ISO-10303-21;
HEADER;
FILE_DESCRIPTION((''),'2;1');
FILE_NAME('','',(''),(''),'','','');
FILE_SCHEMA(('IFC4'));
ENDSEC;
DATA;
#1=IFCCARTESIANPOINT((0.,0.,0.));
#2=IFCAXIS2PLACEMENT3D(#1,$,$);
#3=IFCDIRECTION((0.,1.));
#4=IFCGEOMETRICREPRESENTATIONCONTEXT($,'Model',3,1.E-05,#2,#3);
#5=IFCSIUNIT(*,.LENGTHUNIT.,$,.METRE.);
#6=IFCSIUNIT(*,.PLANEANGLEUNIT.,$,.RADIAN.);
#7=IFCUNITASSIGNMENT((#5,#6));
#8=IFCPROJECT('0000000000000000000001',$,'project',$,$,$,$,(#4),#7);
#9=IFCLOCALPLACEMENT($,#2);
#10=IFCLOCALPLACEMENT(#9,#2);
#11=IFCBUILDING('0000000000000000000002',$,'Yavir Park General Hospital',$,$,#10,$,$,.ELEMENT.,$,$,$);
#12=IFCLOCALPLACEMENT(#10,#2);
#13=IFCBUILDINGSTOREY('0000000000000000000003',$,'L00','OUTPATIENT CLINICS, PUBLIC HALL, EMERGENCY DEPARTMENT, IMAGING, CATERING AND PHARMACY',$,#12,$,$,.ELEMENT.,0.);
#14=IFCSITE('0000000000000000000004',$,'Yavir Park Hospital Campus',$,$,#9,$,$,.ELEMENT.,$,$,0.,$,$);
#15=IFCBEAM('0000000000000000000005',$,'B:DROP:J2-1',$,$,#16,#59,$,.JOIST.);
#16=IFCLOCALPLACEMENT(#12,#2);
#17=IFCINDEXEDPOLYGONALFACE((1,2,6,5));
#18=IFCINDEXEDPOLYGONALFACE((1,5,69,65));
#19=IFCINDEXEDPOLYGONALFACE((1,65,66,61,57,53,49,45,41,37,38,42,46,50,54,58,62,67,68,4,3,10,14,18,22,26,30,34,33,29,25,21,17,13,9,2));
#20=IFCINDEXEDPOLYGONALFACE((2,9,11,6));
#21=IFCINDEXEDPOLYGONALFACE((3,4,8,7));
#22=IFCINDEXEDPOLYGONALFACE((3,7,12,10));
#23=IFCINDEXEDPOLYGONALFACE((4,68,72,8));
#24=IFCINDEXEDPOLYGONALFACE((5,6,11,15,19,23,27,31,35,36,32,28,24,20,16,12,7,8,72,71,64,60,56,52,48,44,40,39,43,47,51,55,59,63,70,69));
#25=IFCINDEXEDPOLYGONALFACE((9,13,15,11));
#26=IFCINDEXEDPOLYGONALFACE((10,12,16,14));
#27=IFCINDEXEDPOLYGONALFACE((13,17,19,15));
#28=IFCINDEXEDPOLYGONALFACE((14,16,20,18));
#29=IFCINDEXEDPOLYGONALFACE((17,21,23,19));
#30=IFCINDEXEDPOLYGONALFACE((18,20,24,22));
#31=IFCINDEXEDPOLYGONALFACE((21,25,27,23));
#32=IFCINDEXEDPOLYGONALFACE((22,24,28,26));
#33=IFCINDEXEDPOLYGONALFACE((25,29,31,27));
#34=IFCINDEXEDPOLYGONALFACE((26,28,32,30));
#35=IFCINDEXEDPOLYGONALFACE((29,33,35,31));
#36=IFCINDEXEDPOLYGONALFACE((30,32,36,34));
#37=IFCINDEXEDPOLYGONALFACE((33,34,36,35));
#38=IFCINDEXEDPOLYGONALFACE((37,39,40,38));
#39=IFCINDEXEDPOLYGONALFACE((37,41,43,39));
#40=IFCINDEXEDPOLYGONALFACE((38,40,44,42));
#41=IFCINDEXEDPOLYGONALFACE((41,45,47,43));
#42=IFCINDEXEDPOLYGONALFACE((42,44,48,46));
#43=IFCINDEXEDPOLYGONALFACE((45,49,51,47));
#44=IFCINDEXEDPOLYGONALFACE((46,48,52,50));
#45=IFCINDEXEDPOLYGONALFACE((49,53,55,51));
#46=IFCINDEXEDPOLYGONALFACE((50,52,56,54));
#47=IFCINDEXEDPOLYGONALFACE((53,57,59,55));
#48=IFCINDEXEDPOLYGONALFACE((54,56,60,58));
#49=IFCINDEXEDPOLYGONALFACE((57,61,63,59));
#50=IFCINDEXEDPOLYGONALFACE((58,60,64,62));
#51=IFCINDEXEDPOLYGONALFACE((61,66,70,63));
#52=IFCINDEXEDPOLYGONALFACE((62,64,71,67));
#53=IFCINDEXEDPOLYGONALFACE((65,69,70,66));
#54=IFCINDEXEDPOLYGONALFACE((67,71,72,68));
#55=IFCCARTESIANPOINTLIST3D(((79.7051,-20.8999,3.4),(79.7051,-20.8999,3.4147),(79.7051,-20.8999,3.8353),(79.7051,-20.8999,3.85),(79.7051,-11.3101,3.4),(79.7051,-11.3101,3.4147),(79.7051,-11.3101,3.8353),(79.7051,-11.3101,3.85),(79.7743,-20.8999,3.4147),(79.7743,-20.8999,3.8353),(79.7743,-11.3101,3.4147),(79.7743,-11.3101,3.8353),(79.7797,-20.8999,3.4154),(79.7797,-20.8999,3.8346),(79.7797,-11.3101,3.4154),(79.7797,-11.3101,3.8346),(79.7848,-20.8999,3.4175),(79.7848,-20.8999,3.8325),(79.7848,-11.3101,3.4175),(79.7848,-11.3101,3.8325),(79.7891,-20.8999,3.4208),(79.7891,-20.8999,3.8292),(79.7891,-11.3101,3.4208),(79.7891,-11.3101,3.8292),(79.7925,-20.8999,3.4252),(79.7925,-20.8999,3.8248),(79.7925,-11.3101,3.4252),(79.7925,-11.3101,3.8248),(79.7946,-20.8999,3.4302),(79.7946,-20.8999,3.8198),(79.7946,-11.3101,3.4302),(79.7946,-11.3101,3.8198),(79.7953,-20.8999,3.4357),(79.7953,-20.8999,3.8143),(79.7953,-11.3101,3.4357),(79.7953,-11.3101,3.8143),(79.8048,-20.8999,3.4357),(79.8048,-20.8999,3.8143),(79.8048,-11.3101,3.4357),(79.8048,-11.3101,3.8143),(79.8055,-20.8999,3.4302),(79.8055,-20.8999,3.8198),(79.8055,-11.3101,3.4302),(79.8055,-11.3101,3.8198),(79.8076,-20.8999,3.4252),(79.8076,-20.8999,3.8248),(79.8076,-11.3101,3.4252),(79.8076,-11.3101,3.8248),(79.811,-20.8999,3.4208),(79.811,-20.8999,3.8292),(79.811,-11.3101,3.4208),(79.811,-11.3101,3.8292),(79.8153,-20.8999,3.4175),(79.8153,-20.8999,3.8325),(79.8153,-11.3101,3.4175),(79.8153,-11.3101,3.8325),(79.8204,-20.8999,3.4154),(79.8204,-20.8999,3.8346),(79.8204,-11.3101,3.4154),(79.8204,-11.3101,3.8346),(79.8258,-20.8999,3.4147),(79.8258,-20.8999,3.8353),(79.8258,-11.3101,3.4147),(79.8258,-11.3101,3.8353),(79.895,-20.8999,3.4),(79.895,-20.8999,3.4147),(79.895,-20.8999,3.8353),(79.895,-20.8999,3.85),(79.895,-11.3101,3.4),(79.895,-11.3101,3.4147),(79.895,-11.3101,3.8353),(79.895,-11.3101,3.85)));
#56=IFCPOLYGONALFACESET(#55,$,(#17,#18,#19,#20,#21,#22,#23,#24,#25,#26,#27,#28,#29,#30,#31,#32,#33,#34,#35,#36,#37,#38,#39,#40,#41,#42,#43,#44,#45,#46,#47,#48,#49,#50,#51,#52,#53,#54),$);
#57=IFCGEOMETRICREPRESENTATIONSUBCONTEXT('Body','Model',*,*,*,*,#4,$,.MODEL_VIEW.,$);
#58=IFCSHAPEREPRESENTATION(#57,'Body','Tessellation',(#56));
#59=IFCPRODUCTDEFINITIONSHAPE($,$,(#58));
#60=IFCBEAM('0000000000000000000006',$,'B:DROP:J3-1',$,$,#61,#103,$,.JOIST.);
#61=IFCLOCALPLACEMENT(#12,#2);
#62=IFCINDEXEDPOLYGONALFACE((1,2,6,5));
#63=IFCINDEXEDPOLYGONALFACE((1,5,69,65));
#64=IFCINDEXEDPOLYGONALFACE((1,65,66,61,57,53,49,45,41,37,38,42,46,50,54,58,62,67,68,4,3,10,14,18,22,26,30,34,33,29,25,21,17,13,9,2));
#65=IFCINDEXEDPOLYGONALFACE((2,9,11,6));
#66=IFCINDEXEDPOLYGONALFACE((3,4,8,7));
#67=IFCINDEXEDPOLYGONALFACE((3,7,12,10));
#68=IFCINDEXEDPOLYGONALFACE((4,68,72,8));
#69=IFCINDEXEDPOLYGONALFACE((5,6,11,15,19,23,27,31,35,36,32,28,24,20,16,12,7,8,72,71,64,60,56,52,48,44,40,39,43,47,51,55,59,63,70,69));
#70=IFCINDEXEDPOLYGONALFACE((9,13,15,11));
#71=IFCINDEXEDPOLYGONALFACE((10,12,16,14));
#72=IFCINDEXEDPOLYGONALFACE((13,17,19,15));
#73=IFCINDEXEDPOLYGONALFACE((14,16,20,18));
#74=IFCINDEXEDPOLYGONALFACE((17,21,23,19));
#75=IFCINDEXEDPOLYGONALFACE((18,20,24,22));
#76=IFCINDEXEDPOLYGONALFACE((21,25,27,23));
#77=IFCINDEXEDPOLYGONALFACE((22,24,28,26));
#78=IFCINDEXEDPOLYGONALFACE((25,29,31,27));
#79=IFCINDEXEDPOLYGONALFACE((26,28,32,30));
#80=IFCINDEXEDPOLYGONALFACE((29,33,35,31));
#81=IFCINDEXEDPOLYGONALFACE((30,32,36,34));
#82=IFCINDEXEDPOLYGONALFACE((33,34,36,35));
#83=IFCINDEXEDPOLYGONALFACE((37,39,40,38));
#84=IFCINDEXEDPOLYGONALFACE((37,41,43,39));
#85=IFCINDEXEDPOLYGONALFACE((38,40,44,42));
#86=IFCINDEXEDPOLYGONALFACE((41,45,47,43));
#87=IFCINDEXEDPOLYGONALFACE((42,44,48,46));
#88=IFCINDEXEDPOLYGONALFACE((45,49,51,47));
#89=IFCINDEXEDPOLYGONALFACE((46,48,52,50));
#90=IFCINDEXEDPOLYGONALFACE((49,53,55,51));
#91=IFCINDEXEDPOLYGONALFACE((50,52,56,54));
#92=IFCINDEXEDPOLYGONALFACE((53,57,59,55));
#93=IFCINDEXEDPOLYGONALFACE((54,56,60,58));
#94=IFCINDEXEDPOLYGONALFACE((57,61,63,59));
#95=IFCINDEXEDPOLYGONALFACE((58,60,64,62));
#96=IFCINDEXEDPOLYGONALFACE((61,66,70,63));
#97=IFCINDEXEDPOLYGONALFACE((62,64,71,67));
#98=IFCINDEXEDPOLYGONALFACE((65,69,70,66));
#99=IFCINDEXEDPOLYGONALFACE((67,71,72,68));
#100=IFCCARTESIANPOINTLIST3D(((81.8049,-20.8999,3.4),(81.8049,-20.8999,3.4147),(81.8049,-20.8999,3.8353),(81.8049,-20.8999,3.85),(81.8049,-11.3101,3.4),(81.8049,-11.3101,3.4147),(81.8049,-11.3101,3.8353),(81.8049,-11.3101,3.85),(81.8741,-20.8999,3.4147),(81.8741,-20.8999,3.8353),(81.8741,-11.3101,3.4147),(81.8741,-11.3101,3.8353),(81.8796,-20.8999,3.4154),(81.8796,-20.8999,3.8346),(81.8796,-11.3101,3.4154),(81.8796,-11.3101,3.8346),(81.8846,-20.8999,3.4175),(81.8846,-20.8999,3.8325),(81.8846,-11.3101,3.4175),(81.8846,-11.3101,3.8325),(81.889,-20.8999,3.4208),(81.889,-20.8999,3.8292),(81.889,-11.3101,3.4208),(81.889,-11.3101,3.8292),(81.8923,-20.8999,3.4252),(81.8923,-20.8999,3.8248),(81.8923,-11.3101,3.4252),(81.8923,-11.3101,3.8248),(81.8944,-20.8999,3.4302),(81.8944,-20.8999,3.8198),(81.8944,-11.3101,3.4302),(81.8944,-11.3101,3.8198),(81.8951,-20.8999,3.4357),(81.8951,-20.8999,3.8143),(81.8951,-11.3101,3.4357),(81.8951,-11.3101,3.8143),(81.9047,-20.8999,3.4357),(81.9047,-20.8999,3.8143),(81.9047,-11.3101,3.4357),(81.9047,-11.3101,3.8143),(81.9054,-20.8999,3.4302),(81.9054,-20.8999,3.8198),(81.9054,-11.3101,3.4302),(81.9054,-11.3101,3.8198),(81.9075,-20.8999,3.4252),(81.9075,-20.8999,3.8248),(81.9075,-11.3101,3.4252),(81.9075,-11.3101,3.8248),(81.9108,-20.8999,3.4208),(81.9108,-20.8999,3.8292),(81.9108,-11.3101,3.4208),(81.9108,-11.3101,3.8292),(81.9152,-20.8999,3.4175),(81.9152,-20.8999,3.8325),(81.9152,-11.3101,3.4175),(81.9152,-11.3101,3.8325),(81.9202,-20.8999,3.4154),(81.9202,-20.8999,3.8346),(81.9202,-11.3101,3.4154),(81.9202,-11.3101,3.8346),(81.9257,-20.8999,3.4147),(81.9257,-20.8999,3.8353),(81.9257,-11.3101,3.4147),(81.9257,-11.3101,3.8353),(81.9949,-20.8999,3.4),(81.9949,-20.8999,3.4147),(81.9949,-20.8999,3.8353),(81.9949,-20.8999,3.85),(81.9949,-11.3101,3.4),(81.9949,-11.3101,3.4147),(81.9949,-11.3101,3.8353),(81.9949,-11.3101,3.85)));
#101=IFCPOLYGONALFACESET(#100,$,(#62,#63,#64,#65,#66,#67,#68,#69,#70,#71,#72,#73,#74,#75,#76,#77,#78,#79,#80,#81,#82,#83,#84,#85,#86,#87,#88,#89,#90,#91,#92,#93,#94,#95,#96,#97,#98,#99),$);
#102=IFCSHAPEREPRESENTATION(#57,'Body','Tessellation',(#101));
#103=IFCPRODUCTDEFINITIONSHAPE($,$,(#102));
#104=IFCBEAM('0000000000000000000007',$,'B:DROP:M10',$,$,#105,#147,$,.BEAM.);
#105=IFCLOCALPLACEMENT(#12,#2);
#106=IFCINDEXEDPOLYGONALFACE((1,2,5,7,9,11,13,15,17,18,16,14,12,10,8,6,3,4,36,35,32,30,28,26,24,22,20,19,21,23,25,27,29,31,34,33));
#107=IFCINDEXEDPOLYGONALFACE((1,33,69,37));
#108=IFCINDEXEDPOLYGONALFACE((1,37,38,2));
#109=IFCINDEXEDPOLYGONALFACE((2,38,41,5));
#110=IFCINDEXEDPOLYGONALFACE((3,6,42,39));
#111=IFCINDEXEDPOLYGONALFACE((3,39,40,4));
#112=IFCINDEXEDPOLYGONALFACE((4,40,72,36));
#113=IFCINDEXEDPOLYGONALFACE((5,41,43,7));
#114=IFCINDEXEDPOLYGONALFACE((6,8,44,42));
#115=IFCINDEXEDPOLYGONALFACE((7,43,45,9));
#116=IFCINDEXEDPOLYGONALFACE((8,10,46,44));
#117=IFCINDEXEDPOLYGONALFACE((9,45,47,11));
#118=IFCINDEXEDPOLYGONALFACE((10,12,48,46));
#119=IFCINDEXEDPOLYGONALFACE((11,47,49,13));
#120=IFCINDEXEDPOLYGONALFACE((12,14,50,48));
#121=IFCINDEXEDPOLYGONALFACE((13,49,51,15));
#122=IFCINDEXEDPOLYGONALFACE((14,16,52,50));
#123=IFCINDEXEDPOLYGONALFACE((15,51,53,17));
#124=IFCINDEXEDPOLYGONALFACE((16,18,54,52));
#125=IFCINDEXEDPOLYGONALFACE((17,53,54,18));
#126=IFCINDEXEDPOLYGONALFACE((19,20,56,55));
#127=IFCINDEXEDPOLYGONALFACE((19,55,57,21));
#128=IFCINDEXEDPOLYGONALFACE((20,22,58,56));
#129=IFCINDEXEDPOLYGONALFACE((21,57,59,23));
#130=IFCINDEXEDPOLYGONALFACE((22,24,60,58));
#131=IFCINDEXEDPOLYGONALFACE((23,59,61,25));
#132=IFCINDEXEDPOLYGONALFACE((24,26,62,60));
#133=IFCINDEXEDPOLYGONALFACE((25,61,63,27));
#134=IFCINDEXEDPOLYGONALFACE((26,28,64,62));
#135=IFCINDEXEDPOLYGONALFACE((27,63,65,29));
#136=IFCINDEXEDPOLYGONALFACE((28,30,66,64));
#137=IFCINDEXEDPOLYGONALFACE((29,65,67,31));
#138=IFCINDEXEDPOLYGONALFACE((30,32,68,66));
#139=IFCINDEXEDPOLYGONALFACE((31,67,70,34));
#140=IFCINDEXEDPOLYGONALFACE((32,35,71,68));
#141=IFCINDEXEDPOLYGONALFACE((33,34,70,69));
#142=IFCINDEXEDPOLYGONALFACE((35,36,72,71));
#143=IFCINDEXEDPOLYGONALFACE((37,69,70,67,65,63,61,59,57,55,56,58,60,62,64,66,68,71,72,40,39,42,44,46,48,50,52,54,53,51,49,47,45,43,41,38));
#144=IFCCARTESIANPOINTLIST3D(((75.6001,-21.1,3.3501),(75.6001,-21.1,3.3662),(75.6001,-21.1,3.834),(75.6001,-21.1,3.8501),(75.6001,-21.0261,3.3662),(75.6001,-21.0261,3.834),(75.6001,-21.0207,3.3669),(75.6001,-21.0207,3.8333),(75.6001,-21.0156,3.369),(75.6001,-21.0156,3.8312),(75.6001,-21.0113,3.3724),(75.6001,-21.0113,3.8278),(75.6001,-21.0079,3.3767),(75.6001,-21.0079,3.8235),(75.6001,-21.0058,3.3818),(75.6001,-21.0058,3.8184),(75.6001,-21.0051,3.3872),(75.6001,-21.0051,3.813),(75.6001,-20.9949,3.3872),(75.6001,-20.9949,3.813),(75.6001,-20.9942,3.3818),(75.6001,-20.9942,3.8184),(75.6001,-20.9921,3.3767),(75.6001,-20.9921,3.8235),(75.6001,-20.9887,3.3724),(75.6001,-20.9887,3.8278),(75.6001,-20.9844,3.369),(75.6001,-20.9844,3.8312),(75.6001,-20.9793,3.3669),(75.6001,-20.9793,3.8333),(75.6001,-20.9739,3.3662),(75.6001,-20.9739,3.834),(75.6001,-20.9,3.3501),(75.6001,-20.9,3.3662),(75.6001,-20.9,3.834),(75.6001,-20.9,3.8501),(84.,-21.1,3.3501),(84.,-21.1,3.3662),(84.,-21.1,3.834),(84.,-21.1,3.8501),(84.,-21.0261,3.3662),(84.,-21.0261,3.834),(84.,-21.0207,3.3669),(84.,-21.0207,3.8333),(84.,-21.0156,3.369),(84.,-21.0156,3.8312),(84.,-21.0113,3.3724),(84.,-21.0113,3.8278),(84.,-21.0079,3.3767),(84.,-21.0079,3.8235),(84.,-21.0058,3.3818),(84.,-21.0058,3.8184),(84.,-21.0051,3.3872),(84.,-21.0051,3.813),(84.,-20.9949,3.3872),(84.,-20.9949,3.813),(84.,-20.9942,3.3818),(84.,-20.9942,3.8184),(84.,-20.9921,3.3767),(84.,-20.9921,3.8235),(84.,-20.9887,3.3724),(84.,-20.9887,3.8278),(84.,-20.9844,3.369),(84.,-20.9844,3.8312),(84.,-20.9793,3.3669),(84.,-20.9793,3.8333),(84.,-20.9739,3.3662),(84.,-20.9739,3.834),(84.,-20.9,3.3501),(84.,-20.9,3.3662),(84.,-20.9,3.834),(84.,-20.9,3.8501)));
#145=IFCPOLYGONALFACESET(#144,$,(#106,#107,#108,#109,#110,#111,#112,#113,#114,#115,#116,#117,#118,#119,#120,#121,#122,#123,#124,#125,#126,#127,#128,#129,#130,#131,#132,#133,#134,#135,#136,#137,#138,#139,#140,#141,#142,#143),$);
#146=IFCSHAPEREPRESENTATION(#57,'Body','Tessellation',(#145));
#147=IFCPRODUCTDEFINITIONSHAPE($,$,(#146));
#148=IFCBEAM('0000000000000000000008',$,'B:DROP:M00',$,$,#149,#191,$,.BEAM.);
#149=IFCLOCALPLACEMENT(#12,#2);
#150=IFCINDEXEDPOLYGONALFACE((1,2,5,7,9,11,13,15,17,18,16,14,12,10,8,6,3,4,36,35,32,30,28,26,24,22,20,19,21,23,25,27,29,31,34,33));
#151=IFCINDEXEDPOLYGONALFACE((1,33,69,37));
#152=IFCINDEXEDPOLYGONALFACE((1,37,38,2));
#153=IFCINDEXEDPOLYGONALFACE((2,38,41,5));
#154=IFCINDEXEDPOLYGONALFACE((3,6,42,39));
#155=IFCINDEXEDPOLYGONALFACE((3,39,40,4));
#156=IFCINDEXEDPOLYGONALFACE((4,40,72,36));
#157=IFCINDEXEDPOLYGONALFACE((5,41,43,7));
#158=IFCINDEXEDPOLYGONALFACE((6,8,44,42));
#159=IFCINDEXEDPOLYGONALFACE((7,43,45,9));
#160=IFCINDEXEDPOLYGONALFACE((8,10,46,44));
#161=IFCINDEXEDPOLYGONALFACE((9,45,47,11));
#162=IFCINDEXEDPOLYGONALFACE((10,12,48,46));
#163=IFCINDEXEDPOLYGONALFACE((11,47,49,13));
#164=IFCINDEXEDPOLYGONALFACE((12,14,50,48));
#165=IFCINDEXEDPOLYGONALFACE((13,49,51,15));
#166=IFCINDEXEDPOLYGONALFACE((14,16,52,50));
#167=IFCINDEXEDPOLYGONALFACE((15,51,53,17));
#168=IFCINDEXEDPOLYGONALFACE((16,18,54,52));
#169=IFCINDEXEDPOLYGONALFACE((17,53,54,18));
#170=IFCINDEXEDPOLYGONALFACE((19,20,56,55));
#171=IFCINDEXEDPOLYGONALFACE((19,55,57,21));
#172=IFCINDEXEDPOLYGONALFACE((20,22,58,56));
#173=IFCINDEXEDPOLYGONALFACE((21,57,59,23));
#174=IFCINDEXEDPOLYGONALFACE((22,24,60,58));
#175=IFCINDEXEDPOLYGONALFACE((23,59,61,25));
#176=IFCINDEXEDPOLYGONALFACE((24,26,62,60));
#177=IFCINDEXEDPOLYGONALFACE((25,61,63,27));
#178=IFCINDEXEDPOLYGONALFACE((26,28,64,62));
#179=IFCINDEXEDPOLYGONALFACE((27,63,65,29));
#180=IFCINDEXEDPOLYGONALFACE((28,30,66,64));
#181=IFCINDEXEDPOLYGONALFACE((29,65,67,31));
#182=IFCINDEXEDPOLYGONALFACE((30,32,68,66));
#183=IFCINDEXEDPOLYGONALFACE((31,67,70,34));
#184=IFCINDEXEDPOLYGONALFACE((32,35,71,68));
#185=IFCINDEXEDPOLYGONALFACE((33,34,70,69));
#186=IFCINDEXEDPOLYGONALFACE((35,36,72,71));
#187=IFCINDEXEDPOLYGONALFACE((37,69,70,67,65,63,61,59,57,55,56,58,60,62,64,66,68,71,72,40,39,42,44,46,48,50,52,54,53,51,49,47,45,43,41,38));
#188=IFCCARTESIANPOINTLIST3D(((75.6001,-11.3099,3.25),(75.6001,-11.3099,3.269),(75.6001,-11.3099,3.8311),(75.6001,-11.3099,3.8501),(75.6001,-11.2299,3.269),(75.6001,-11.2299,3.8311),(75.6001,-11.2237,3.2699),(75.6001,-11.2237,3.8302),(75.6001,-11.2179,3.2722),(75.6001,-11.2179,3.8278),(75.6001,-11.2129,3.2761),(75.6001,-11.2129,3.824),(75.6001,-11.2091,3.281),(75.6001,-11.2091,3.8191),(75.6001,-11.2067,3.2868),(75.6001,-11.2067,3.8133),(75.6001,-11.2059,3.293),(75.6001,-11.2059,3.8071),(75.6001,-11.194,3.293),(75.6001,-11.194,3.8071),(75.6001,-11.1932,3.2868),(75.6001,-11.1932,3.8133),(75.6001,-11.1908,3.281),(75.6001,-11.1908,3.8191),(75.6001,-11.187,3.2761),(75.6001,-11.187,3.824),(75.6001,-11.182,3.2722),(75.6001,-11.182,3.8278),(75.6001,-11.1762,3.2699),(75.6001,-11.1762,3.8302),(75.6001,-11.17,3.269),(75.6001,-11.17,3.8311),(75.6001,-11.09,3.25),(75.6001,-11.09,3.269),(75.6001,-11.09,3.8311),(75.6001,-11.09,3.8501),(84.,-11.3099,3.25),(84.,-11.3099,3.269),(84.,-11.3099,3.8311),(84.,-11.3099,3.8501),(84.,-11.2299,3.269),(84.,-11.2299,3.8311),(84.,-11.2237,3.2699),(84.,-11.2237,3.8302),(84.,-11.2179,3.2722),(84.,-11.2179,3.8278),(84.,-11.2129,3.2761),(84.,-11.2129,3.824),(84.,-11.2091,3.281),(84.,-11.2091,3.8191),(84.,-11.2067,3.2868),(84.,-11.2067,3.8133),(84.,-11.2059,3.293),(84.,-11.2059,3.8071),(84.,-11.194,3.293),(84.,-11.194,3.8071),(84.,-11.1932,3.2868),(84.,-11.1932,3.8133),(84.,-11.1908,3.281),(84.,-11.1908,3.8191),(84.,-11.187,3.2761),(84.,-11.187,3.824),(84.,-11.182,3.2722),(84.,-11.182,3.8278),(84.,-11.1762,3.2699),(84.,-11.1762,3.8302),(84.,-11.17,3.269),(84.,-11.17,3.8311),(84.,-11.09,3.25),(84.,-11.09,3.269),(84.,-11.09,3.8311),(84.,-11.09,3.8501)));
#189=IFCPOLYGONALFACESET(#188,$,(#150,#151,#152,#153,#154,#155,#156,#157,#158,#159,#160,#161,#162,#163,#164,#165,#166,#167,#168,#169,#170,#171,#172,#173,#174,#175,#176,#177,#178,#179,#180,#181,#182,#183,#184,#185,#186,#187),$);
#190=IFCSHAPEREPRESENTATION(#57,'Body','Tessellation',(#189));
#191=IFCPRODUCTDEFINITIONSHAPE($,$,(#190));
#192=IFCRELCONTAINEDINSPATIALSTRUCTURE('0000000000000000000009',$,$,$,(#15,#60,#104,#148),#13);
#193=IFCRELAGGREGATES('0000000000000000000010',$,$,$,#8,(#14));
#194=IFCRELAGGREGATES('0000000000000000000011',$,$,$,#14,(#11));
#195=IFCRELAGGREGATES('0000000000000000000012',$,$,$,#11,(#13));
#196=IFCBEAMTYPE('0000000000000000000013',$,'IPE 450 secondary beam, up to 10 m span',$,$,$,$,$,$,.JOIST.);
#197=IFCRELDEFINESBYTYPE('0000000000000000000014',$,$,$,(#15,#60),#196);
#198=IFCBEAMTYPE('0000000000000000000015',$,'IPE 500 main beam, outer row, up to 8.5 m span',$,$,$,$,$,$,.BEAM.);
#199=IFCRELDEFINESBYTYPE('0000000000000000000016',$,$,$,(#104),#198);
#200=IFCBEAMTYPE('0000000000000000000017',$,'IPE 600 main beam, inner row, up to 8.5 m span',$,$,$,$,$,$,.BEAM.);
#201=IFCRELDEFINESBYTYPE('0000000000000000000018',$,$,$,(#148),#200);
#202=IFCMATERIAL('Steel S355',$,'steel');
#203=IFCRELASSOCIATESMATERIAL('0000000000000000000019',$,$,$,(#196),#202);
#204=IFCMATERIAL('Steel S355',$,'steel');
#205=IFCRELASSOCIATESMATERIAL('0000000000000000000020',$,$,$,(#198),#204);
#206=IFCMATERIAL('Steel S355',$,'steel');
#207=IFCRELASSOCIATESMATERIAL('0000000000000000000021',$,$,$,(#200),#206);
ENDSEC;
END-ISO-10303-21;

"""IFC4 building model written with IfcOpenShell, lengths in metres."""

from ifc_helpers import new_model, si_unit, direction, frame, origin, origin_2d, place, context, subcontext, project, spatial, i_section, extrude, material, material_profile, profile_set, type_object, element, save


model = new_model("IFC4")

# Units and contexts
model_context = context("Model", 3, precision=1e-05, world=origin(), true_north=direction((0.0, 1.0)))
body_context = subcontext(model_context, "Body", "Model", "MODEL_VIEW")
ifc_project = project(units=[si_unit("LENGTHUNIT", "METRE"), si_unit("PLANEANGLEUNIT", "RADIAN")], contexts=[model_context])

# Site, building, storey
site_placement = place(None, origin())
site = spatial("IfcSite", under=ifc_project, at=site_placement, Name="Yavir Park Hospital Campus", CompositionType="ELEMENT", RefElevation=0.0)
building_placement = place(site_placement, origin())
building = spatial("IfcBuilding", under=site, at=building_placement, Name="Yavir Park General Hospital", CompositionType="ELEMENT")
storey_placement = place(building_placement, origin())
storey = spatial("IfcBuildingStorey", under=building, at=storey_placement, Name="L00", Description="OUTPATIENT CLINICS, PUBLIC HALL, EMERGENCY DEPARTMENT, IMAGING, CATERING AND PHARMACY", CompositionType="ELEMENT", Elevation=0.0)

# Beams
ifc_material_1 = material(Name="Steel S355", Category="steel")
ifc_material_profile_1 = material_profile(ifc_material_1, i_section(OverallWidth=0.1899, OverallDepth=0.45, WebThickness=0.0095, FlangeThickness=0.0146, FilletRadius=0.021, at=origin_2d()), Name="IPE450")
ifc_profile_set_1 = profile_set([ifc_material_profile_1], Name="Steel S355")
beam_type_1 = type_object("IfcBeamType", Name="IPE 450 secondary beam, up to 10 m span", PredefinedType="JOIST", material=ifc_profile_set_1)
for number, where, z_axis, x_axis, name in (
    (1, (79.8, -11.3101, 3.625), (0.0, -1.0, 0.0), (1.0, 0.0, 0.0), "B:DROP:J2-1"),
    (2, (81.8999, -11.3101, 3.625), (0.0, -1.0, 0.0), (1.0, 0.0, 0.0), "B:DROP:J3-1"),
):
    element("IfcBeam", number, at=place(storey_placement, frame(where, z_axis=z_axis, x_axis=x_axis)), inside=storey, type_object=beam_type_1, Name=name, PredefinedType="JOIST", context=body_context, shape_type="SweptSolid", body=[
        extrude(i_section(OverallWidth=0.1899, OverallDepth=0.45, WebThickness=0.0095, FlangeThickness=0.0146, FilletRadius=0.021, at=origin_2d()), origin(), (0.0, 0.0, 1.0), 9.5898),
    ])
ifc_material_2 = material(Name="Steel S355", Category="steel")
ifc_material_profile_2 = material_profile(ifc_material_2, i_section(OverallWidth=0.2, OverallDepth=0.5, WebThickness=0.0103, FlangeThickness=0.0161, FilletRadius=0.021, at=origin_2d()), Name="IPE500")
ifc_profile_set_2 = profile_set([ifc_material_profile_2], Name="Steel S355")
beam_type_2 = type_object("IfcBeamType", Name="IPE 500 main beam, outer row, up to 8.5 m span", PredefinedType="BEAM", material=ifc_profile_set_2)
beam_1_placement = place(storey_placement, frame((75.6001, -21.0, 3.6001), z_axis=(1.0, 0.0, 0.0), x_axis=(0.0, 1.0, 0.0)))
element("IfcBeam", 3, at=beam_1_placement, inside=storey, type_object=beam_type_2, Name="B:DROP:M10", PredefinedType="BEAM", context=body_context, shape_type="SweptSolid", body=[
    extrude(i_section(OverallWidth=0.2, OverallDepth=0.5, WebThickness=0.0103, FlangeThickness=0.0161, FilletRadius=0.021, at=origin_2d()), origin(), (0.0, 0.0, 1.0), 8.3999),
])
ifc_material_3 = material(Name="Steel S355", Category="steel")
ifc_material_profile_3 = material_profile(ifc_material_3, i_section(OverallWidth=0.22, OverallDepth=0.6001, WebThickness=0.012, FlangeThickness=0.019, FilletRadius=0.0239, at=origin_2d()), Name="IPE600")
ifc_profile_set_3 = profile_set([ifc_material_profile_3], Name="Steel S355")
beam_type_3 = type_object("IfcBeamType", Name="IPE 600 main beam, inner row, up to 8.5 m span", PredefinedType="BEAM", material=ifc_profile_set_3)
beam_2_placement = place(storey_placement, frame((75.6001, -11.2, 3.55), z_axis=(1.0, 0.0, 0.0), x_axis=(0.0, 1.0, 0.0)))
element("IfcBeam", 4, at=beam_2_placement, inside=storey, type_object=beam_type_3, Name="B:DROP:M00", PredefinedType="BEAM", context=body_context, shape_type="SweptSolid", body=[
    extrude(i_section(OverallWidth=0.22, OverallDepth=0.6001, WebThickness=0.012, FlangeThickness=0.019, FilletRadius=0.0239, at=origin_2d()), origin(), (0.0, 0.0, 1.0), 8.3999),
])

save(model, "model.ifc")
